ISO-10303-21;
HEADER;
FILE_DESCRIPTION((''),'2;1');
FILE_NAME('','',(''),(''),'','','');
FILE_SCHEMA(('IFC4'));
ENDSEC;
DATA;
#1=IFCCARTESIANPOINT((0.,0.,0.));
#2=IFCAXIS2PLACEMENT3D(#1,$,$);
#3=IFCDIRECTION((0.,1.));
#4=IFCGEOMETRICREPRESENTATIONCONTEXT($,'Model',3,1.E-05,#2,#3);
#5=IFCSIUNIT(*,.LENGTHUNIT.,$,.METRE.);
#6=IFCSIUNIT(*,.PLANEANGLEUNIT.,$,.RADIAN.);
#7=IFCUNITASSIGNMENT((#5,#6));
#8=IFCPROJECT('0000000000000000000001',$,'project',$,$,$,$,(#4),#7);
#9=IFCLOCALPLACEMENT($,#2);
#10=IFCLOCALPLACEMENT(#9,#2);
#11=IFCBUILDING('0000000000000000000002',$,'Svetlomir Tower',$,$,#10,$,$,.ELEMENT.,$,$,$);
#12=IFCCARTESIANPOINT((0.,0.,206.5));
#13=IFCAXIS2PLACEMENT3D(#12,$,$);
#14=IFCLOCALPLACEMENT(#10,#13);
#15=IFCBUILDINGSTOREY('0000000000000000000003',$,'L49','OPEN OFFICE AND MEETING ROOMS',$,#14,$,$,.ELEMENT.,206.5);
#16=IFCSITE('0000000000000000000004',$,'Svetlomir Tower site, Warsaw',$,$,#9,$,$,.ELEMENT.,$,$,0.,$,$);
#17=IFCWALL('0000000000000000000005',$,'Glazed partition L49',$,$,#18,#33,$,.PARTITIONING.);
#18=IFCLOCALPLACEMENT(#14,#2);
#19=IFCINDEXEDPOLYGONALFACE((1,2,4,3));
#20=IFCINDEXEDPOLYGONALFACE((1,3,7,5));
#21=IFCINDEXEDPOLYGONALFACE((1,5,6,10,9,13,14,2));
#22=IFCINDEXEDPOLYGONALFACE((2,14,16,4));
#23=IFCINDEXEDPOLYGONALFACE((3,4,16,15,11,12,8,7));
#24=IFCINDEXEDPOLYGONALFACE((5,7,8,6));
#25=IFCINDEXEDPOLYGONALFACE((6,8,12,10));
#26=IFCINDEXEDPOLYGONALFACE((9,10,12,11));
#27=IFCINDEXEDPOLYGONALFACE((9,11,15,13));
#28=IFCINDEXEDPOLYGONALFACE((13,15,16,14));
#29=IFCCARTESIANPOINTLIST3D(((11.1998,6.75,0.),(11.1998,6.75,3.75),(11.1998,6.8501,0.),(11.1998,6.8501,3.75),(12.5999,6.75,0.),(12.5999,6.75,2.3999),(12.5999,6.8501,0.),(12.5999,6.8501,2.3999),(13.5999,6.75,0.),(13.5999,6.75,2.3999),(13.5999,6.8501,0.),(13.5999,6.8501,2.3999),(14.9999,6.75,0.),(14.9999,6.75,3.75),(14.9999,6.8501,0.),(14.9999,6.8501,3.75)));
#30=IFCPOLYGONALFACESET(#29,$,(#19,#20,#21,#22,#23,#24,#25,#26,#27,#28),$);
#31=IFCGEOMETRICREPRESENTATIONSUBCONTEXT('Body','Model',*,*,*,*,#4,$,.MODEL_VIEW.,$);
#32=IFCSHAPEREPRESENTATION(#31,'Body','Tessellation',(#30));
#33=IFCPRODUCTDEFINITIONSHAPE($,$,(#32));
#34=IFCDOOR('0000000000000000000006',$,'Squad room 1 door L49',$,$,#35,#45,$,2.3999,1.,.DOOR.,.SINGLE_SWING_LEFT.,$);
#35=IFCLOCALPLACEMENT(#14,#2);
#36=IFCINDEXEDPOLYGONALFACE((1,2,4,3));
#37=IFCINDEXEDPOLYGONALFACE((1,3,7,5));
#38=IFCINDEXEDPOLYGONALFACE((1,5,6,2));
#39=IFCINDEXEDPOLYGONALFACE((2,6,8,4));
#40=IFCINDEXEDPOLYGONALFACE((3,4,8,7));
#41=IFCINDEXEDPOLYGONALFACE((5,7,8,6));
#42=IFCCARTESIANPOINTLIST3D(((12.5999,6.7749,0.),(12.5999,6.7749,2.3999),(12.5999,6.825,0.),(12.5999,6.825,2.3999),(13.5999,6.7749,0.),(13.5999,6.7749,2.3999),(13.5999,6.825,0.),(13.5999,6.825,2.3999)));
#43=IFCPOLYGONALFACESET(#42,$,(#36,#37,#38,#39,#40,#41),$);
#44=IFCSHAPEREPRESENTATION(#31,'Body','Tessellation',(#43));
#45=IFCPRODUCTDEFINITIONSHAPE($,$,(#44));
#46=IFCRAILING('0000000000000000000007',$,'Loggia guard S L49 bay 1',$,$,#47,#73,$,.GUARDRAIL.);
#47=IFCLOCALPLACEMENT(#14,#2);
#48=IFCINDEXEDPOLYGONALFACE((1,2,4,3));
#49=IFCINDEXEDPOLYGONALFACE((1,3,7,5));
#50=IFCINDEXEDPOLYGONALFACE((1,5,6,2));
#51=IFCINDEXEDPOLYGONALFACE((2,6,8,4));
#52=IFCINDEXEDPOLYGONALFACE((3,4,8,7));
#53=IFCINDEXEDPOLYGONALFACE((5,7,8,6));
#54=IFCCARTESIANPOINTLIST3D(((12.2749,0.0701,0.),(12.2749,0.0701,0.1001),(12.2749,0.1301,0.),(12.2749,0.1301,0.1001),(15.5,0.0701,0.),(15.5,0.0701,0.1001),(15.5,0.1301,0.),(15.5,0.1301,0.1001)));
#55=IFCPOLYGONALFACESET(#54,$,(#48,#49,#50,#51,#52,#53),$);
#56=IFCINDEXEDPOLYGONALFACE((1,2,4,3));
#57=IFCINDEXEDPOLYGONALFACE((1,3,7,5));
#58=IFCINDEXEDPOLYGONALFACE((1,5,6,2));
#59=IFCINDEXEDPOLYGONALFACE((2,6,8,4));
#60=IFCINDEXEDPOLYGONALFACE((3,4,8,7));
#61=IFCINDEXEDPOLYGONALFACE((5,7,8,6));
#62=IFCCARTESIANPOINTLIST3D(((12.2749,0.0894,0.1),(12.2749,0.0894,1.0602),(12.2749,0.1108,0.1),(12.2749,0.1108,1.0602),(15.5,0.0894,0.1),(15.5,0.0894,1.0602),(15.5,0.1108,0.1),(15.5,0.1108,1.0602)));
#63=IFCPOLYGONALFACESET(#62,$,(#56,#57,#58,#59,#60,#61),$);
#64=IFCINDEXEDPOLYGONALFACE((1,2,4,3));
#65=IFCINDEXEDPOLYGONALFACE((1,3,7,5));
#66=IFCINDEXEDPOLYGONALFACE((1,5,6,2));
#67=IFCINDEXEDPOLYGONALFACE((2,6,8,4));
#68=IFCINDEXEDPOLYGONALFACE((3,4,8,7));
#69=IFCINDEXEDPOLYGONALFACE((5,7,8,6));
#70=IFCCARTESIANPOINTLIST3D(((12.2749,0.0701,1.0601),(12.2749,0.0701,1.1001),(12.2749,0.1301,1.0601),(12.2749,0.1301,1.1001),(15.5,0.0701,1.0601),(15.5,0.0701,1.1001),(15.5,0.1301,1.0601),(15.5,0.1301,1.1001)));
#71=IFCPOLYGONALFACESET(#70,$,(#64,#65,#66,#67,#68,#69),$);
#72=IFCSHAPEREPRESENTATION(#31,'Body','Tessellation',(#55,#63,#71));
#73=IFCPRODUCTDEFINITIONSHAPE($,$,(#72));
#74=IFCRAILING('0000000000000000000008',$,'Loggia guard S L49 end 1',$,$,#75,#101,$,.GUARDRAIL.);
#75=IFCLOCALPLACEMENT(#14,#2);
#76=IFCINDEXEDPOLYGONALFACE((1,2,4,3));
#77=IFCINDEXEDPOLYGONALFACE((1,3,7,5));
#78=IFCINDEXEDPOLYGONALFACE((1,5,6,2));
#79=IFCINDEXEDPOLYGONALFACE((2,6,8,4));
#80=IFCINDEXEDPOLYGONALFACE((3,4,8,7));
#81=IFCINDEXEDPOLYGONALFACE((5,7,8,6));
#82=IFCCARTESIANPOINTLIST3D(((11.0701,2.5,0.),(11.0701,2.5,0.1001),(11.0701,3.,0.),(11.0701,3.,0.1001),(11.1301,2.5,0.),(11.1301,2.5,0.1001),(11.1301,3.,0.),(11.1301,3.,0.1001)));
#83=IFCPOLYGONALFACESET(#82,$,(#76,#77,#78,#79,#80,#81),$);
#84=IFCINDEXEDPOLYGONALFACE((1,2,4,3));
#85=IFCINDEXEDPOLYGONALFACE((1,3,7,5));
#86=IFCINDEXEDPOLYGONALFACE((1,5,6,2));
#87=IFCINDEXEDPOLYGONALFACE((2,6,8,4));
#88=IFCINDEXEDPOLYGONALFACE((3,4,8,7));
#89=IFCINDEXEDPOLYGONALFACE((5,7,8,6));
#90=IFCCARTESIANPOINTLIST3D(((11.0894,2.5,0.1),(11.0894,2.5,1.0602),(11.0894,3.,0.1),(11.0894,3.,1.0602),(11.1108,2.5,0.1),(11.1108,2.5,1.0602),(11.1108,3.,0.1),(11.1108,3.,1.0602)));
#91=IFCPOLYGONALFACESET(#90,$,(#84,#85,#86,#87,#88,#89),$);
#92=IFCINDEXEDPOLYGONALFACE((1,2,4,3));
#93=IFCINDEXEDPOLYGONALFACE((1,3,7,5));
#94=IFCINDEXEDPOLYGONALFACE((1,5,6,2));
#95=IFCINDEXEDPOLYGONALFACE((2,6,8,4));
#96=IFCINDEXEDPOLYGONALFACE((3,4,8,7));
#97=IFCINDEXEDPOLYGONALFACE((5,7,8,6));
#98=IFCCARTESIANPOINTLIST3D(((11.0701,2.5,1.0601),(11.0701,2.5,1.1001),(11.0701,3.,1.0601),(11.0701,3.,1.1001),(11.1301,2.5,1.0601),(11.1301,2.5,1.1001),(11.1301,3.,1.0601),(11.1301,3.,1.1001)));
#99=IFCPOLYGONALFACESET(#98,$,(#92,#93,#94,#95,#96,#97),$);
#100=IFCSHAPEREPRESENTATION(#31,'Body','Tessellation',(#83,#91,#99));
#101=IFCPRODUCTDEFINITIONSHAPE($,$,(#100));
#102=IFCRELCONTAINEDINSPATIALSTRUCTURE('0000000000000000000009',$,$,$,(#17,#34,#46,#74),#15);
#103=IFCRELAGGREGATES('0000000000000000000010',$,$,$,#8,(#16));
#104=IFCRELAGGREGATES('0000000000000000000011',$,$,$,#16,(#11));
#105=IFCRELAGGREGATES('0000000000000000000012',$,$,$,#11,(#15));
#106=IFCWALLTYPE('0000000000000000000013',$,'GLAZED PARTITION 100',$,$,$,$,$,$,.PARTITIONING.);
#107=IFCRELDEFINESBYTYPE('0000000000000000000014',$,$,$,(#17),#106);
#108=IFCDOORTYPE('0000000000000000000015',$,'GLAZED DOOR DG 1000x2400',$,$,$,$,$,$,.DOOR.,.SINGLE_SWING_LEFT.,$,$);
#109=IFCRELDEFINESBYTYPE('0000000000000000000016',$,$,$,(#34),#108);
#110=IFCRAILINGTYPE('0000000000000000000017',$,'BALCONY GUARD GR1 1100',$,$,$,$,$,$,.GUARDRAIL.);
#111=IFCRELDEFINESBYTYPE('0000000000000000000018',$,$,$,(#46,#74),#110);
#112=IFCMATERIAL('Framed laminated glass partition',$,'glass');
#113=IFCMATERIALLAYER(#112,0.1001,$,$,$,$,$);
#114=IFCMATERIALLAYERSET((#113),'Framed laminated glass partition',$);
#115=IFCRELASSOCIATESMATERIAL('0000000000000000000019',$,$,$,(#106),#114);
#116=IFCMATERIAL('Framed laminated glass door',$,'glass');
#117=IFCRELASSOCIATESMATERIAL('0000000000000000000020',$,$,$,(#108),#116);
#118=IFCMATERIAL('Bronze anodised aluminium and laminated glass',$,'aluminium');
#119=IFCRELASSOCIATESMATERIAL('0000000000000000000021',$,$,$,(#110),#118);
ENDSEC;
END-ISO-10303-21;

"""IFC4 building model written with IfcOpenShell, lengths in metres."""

from ifc_helpers import new_model, si_unit, direction, frame, frame_2d, origin, origin_2d, place, context, subcontext, project, spatial, rectangle, extrude, material, layer, layer_set, type_object, element, fill, save


model = new_model("IFC4")

# Units and contexts
model_context = context("Model", 3, precision=1e-05, world=origin(), true_north=direction((0.0, 1.0)))
body_context = subcontext(model_context, "Body", "Model", "MODEL_VIEW")
ifc_project = project(units=[si_unit("LENGTHUNIT", "METRE"), si_unit("PLANEANGLEUNIT", "RADIAN")], contexts=[model_context])

# Site, building, storey
site_placement = place(None, origin())
site = spatial("IfcSite", under=ifc_project, at=site_placement, Name="Svetlomir Tower site, Warsaw", CompositionType="ELEMENT", RefElevation=0.0)
building_placement = place(site_placement, origin())
building = spatial("IfcBuilding", under=site, at=building_placement, Name="Svetlomir Tower", CompositionType="ELEMENT")
storey_placement = place(building_placement, frame((0.0, 0.0, 206.5)))
storey = spatial("IfcBuildingStorey", under=building, at=storey_placement, Name="L49", Description="OPEN OFFICE AND MEETING ROOMS", CompositionType="ELEMENT", Elevation=206.5)

# Shared definitions
ifc_material_1 = material(Name="Framed laminated glass partition", Category="glass")
ifc_layer_1 = layer(ifc_material_1, 0.1001)
ifc_layer_set_1 = layer_set([ifc_layer_1], Name="Framed laminated glass partition")
wall_type = type_object("IfcWallType", Name="GLAZED PARTITION 100", PredefinedType="PARTITIONING", material=ifc_layer_set_1)

# Wall, opening, door
wall_1_placement = place(storey_placement, frame((11.2, 6.8, 0.0), z_axis=(0.0, 0.0, 1.0), x_axis=(1.0, 0.0, 0.0)))
wall_1 = element("IfcWall", 1, at=wall_1_placement, inside=storey, type_object=wall_type, Name="Glazed partition L49", PredefinedType="PARTITIONING", context=body_context, shape_type="SweptSolid", body=[
    extrude(rectangle(XDim=3.8, YDim=0.1001, at=frame_2d((1.8999, 0.0))), origin(), (0.0, 0.0, 1.0), 3.75),
])
opening_placement = place(wall_1_placement, frame((1.3999, 0.0, 0.0)))
opening = element("IfcOpeningElement", 2, at=opening_placement, cuts=wall_1, PredefinedType="OPENING", context=body_context, shape_type="SweptSolid", body=[
    extrude(rectangle(XDim=1.0, YDim=2.3999, at=frame_2d((0.5, 1.2))), frame((0.0, 0.0601, 0.0), z_axis=(0.0, -1.0, 0.0), x_axis=(1.0, 0.0, 0.0)), (0.0, 0.0, 1.0), 0.1201),
])
ifc_material_2 = material(Name="Framed laminated glass door", Category="glass")
door_type = type_object("IfcDoorType", Name="GLAZED DOOR DG 1000x2400", OperationType="SINGLE_SWING_LEFT", PredefinedType="DOOR", material=ifc_material_2)
door_placement = place(opening_placement, origin())
door = element("IfcDoor", 3, at=door_placement, inside=storey, type_object=door_type, Name="Squad room 1 door L49", OperationType="SINGLE_SWING_LEFT", OverallHeight=2.3999, OverallWidth=1.0, PredefinedType="DOOR", context=body_context, shape_type="SweptSolid", body=[
    extrude(rectangle(XDim=1.0, YDim=2.3999, at=frame_2d((0.5, 1.2))), frame((0.0, 0.0249, 0.0), z_axis=(0.0, -1.0, 0.0), x_axis=(1.0, 0.0, 0.0)), (0.0, 0.0, 1.0), 0.05),
])
fill(opening, door)

# Railings
ifc_material_3 = material(Name="Bronze anodised aluminium and laminated glass", Category="aluminium")
railing_type = type_object("IfcRailingType", Name="BALCONY GUARD GR1 1100", PredefinedType="GUARDRAIL", material=ifc_material_3)
railing_1_placement = place(storey_placement, frame((12.2749, 0.1001, 0.0)))
element("IfcRailing", 4, at=railing_1_placement, inside=storey, type_object=railing_type, Name="Loggia guard S L49 bay 1", PredefinedType="GUARDRAIL", context=body_context, shape_type="SweptSolid", body=[
    extrude(rectangle(XDim=0.0601, YDim=0.1001, at=origin_2d()), frame((0.0, 0.0, 0.05), z_axis=(1.0, 0.0, 0.0), x_axis=(0.0, 1.0, 0.0)), (0.0, 0.0, 1.0), 3.2251),
    extrude(rectangle(XDim=0.0215, YDim=0.9602, at=origin_2d()), frame((0.0, 0.0, 0.5801), z_axis=(1.0, 0.0, 0.0), x_axis=(0.0, 1.0, 0.0)), (0.0, 0.0, 1.0), 3.2251),
    extrude(rectangle(XDim=0.0601, YDim=0.04, at=origin_2d()), frame((0.0, 0.0, 1.0801), z_axis=(1.0, 0.0, 0.0), x_axis=(0.0, 1.0, 0.0)), (0.0, 0.0, 1.0), 3.2251),
])
railing_2_placement = place(storey_placement, frame((11.1001, 2.5, 0.0)))
element("IfcRailing", 5, at=railing_2_placement, inside=storey, type_object=railing_type, Name="Loggia guard S L49 end 1", PredefinedType="GUARDRAIL", context=body_context, shape_type="SweptSolid", body=[
    extrude(rectangle(XDim=0.0601, YDim=0.1001, at=origin_2d()), frame((0.0, 0.0, 0.05), z_axis=(0.0, 1.0, 0.0), x_axis=(-1.0, 0.0, 0.0)), (0.0, 0.0, 1.0), 0.5),
    extrude(rectangle(XDim=0.0215, YDim=0.9602, at=origin_2d()), frame((0.0, 0.0, 0.5801), z_axis=(0.0, 1.0, 0.0), x_axis=(-1.0, 0.0, 0.0)), (0.0, 0.0, 1.0), 0.5),
    extrude(rectangle(XDim=0.0601, YDim=0.04, at=origin_2d()), frame((0.0, 0.0, 1.0801), z_axis=(0.0, 1.0, 0.0), x_axis=(-1.0, 0.0, 0.0)), (0.0, 0.0, 1.0), 0.5),
])

save(model, "model.ifc")
